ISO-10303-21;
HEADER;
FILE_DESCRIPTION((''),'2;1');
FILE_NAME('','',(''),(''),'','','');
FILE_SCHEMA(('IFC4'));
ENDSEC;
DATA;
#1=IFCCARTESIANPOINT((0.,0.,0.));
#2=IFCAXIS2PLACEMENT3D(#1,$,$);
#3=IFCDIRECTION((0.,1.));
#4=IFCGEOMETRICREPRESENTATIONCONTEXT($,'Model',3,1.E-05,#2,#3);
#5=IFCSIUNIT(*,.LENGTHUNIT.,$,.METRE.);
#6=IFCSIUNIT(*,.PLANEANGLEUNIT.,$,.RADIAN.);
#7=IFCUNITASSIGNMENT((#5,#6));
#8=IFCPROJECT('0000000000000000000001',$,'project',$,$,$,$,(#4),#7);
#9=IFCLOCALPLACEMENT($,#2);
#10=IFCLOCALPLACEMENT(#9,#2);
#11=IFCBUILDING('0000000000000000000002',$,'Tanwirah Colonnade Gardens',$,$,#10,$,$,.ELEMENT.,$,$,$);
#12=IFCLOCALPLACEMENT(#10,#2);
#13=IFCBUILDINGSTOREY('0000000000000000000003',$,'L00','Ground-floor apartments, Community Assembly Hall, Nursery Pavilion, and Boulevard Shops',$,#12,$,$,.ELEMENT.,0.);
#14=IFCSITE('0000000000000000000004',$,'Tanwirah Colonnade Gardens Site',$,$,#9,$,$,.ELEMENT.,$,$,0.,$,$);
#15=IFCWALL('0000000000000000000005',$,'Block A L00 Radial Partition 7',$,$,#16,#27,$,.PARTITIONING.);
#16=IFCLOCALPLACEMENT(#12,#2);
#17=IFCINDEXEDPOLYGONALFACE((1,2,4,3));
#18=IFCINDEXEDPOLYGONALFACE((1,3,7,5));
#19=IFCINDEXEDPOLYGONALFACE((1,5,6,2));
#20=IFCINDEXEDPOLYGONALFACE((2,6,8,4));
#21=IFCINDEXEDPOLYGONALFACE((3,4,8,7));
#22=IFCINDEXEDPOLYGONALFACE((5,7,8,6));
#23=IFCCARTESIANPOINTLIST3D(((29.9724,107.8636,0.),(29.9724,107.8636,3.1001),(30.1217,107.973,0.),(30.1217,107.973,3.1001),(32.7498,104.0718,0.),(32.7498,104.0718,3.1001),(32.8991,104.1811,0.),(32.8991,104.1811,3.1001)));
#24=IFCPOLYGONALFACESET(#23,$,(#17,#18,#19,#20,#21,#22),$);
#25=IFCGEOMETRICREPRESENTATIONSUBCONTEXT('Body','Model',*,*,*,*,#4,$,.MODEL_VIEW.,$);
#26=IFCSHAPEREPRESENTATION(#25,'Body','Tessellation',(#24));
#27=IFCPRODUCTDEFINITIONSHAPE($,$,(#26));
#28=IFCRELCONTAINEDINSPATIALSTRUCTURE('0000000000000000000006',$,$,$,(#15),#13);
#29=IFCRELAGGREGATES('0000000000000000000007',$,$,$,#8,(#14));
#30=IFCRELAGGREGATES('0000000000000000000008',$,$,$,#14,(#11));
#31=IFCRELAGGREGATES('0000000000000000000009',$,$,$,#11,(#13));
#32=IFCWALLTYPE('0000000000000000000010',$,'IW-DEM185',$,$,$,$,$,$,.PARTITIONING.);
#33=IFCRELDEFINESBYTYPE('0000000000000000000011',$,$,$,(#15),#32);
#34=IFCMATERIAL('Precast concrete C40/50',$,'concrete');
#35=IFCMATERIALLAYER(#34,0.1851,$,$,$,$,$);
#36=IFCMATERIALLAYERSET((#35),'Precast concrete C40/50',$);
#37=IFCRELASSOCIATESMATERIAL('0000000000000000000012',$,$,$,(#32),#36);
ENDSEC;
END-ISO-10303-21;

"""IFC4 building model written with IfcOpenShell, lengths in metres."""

from ifc_helpers import new_model, si_unit, direction, frame, frame_2d, origin, place, context, subcontext, project, spatial, rectangle, extrude, material, layer, layer_set, type_object, element, save


model = new_model("IFC4")

# Units and contexts
model_context = context("Model", 3, precision=1e-05, world=origin(), true_north=direction((0.0, 1.0)))
body_context = subcontext(model_context, "Body", "Model", "MODEL_VIEW")
ifc_project = project(units=[si_unit("LENGTHUNIT", "METRE"), si_unit("PLANEANGLEUNIT", "RADIAN")], contexts=[model_context])

# Site, building, storey
site_placement = place(None, origin())
site = spatial("IfcSite", under=ifc_project, at=site_placement, Name="Tanwirah Colonnade Gardens Site", CompositionType="ELEMENT", RefElevation=0.0)
building_placement = place(site_placement, origin())
building = spatial("IfcBuilding", under=site, at=building_placement, Name="Tanwirah Colonnade Gardens", CompositionType="ELEMENT")
storey_placement = place(building_placement, origin())
storey = spatial("IfcBuildingStorey", under=building, at=storey_placement, Name="L00", Description="Ground-floor apartments, Community Assembly Hall, Nursery Pavilion, and Boulevard Shops", CompositionType="ELEMENT", Elevation=0.0)

# Shared definitions
ifc_material_1 = material(Name="Precast concrete C40/50", Category="concrete")

# Wall
ifc_layer_1 = layer(ifc_material_1, 0.1851)
ifc_layer_set_1 = layer_set([ifc_layer_1], Name="Precast concrete C40/50")
wall_type_1 = type_object("IfcWallType", Name="IW-DEM185", PredefinedType="PARTITIONING", material=ifc_layer_set_1)
wall_1_placement = place(storey_placement, frame((32.8245, 104.1265, 0.0), z_axis=(0.0, 0.0, 1.0), x_axis=(-0.590911, 0.806737, 0.0)))
element("IfcWall", 1, at=wall_1_placement, inside=storey, type_object=wall_type_1, Name="Block A L00 Radial Partition 7", PredefinedType="PARTITIONING", context=body_context, shape_type="SweptSolid", body=[
    extrude(rectangle(XDim=4.7002, YDim=0.1851, at=frame_2d((2.3501, 0.0))), origin(), (0.0, 0.0, 1.0), 3.1001),
])

save(model, "model.ifc")
